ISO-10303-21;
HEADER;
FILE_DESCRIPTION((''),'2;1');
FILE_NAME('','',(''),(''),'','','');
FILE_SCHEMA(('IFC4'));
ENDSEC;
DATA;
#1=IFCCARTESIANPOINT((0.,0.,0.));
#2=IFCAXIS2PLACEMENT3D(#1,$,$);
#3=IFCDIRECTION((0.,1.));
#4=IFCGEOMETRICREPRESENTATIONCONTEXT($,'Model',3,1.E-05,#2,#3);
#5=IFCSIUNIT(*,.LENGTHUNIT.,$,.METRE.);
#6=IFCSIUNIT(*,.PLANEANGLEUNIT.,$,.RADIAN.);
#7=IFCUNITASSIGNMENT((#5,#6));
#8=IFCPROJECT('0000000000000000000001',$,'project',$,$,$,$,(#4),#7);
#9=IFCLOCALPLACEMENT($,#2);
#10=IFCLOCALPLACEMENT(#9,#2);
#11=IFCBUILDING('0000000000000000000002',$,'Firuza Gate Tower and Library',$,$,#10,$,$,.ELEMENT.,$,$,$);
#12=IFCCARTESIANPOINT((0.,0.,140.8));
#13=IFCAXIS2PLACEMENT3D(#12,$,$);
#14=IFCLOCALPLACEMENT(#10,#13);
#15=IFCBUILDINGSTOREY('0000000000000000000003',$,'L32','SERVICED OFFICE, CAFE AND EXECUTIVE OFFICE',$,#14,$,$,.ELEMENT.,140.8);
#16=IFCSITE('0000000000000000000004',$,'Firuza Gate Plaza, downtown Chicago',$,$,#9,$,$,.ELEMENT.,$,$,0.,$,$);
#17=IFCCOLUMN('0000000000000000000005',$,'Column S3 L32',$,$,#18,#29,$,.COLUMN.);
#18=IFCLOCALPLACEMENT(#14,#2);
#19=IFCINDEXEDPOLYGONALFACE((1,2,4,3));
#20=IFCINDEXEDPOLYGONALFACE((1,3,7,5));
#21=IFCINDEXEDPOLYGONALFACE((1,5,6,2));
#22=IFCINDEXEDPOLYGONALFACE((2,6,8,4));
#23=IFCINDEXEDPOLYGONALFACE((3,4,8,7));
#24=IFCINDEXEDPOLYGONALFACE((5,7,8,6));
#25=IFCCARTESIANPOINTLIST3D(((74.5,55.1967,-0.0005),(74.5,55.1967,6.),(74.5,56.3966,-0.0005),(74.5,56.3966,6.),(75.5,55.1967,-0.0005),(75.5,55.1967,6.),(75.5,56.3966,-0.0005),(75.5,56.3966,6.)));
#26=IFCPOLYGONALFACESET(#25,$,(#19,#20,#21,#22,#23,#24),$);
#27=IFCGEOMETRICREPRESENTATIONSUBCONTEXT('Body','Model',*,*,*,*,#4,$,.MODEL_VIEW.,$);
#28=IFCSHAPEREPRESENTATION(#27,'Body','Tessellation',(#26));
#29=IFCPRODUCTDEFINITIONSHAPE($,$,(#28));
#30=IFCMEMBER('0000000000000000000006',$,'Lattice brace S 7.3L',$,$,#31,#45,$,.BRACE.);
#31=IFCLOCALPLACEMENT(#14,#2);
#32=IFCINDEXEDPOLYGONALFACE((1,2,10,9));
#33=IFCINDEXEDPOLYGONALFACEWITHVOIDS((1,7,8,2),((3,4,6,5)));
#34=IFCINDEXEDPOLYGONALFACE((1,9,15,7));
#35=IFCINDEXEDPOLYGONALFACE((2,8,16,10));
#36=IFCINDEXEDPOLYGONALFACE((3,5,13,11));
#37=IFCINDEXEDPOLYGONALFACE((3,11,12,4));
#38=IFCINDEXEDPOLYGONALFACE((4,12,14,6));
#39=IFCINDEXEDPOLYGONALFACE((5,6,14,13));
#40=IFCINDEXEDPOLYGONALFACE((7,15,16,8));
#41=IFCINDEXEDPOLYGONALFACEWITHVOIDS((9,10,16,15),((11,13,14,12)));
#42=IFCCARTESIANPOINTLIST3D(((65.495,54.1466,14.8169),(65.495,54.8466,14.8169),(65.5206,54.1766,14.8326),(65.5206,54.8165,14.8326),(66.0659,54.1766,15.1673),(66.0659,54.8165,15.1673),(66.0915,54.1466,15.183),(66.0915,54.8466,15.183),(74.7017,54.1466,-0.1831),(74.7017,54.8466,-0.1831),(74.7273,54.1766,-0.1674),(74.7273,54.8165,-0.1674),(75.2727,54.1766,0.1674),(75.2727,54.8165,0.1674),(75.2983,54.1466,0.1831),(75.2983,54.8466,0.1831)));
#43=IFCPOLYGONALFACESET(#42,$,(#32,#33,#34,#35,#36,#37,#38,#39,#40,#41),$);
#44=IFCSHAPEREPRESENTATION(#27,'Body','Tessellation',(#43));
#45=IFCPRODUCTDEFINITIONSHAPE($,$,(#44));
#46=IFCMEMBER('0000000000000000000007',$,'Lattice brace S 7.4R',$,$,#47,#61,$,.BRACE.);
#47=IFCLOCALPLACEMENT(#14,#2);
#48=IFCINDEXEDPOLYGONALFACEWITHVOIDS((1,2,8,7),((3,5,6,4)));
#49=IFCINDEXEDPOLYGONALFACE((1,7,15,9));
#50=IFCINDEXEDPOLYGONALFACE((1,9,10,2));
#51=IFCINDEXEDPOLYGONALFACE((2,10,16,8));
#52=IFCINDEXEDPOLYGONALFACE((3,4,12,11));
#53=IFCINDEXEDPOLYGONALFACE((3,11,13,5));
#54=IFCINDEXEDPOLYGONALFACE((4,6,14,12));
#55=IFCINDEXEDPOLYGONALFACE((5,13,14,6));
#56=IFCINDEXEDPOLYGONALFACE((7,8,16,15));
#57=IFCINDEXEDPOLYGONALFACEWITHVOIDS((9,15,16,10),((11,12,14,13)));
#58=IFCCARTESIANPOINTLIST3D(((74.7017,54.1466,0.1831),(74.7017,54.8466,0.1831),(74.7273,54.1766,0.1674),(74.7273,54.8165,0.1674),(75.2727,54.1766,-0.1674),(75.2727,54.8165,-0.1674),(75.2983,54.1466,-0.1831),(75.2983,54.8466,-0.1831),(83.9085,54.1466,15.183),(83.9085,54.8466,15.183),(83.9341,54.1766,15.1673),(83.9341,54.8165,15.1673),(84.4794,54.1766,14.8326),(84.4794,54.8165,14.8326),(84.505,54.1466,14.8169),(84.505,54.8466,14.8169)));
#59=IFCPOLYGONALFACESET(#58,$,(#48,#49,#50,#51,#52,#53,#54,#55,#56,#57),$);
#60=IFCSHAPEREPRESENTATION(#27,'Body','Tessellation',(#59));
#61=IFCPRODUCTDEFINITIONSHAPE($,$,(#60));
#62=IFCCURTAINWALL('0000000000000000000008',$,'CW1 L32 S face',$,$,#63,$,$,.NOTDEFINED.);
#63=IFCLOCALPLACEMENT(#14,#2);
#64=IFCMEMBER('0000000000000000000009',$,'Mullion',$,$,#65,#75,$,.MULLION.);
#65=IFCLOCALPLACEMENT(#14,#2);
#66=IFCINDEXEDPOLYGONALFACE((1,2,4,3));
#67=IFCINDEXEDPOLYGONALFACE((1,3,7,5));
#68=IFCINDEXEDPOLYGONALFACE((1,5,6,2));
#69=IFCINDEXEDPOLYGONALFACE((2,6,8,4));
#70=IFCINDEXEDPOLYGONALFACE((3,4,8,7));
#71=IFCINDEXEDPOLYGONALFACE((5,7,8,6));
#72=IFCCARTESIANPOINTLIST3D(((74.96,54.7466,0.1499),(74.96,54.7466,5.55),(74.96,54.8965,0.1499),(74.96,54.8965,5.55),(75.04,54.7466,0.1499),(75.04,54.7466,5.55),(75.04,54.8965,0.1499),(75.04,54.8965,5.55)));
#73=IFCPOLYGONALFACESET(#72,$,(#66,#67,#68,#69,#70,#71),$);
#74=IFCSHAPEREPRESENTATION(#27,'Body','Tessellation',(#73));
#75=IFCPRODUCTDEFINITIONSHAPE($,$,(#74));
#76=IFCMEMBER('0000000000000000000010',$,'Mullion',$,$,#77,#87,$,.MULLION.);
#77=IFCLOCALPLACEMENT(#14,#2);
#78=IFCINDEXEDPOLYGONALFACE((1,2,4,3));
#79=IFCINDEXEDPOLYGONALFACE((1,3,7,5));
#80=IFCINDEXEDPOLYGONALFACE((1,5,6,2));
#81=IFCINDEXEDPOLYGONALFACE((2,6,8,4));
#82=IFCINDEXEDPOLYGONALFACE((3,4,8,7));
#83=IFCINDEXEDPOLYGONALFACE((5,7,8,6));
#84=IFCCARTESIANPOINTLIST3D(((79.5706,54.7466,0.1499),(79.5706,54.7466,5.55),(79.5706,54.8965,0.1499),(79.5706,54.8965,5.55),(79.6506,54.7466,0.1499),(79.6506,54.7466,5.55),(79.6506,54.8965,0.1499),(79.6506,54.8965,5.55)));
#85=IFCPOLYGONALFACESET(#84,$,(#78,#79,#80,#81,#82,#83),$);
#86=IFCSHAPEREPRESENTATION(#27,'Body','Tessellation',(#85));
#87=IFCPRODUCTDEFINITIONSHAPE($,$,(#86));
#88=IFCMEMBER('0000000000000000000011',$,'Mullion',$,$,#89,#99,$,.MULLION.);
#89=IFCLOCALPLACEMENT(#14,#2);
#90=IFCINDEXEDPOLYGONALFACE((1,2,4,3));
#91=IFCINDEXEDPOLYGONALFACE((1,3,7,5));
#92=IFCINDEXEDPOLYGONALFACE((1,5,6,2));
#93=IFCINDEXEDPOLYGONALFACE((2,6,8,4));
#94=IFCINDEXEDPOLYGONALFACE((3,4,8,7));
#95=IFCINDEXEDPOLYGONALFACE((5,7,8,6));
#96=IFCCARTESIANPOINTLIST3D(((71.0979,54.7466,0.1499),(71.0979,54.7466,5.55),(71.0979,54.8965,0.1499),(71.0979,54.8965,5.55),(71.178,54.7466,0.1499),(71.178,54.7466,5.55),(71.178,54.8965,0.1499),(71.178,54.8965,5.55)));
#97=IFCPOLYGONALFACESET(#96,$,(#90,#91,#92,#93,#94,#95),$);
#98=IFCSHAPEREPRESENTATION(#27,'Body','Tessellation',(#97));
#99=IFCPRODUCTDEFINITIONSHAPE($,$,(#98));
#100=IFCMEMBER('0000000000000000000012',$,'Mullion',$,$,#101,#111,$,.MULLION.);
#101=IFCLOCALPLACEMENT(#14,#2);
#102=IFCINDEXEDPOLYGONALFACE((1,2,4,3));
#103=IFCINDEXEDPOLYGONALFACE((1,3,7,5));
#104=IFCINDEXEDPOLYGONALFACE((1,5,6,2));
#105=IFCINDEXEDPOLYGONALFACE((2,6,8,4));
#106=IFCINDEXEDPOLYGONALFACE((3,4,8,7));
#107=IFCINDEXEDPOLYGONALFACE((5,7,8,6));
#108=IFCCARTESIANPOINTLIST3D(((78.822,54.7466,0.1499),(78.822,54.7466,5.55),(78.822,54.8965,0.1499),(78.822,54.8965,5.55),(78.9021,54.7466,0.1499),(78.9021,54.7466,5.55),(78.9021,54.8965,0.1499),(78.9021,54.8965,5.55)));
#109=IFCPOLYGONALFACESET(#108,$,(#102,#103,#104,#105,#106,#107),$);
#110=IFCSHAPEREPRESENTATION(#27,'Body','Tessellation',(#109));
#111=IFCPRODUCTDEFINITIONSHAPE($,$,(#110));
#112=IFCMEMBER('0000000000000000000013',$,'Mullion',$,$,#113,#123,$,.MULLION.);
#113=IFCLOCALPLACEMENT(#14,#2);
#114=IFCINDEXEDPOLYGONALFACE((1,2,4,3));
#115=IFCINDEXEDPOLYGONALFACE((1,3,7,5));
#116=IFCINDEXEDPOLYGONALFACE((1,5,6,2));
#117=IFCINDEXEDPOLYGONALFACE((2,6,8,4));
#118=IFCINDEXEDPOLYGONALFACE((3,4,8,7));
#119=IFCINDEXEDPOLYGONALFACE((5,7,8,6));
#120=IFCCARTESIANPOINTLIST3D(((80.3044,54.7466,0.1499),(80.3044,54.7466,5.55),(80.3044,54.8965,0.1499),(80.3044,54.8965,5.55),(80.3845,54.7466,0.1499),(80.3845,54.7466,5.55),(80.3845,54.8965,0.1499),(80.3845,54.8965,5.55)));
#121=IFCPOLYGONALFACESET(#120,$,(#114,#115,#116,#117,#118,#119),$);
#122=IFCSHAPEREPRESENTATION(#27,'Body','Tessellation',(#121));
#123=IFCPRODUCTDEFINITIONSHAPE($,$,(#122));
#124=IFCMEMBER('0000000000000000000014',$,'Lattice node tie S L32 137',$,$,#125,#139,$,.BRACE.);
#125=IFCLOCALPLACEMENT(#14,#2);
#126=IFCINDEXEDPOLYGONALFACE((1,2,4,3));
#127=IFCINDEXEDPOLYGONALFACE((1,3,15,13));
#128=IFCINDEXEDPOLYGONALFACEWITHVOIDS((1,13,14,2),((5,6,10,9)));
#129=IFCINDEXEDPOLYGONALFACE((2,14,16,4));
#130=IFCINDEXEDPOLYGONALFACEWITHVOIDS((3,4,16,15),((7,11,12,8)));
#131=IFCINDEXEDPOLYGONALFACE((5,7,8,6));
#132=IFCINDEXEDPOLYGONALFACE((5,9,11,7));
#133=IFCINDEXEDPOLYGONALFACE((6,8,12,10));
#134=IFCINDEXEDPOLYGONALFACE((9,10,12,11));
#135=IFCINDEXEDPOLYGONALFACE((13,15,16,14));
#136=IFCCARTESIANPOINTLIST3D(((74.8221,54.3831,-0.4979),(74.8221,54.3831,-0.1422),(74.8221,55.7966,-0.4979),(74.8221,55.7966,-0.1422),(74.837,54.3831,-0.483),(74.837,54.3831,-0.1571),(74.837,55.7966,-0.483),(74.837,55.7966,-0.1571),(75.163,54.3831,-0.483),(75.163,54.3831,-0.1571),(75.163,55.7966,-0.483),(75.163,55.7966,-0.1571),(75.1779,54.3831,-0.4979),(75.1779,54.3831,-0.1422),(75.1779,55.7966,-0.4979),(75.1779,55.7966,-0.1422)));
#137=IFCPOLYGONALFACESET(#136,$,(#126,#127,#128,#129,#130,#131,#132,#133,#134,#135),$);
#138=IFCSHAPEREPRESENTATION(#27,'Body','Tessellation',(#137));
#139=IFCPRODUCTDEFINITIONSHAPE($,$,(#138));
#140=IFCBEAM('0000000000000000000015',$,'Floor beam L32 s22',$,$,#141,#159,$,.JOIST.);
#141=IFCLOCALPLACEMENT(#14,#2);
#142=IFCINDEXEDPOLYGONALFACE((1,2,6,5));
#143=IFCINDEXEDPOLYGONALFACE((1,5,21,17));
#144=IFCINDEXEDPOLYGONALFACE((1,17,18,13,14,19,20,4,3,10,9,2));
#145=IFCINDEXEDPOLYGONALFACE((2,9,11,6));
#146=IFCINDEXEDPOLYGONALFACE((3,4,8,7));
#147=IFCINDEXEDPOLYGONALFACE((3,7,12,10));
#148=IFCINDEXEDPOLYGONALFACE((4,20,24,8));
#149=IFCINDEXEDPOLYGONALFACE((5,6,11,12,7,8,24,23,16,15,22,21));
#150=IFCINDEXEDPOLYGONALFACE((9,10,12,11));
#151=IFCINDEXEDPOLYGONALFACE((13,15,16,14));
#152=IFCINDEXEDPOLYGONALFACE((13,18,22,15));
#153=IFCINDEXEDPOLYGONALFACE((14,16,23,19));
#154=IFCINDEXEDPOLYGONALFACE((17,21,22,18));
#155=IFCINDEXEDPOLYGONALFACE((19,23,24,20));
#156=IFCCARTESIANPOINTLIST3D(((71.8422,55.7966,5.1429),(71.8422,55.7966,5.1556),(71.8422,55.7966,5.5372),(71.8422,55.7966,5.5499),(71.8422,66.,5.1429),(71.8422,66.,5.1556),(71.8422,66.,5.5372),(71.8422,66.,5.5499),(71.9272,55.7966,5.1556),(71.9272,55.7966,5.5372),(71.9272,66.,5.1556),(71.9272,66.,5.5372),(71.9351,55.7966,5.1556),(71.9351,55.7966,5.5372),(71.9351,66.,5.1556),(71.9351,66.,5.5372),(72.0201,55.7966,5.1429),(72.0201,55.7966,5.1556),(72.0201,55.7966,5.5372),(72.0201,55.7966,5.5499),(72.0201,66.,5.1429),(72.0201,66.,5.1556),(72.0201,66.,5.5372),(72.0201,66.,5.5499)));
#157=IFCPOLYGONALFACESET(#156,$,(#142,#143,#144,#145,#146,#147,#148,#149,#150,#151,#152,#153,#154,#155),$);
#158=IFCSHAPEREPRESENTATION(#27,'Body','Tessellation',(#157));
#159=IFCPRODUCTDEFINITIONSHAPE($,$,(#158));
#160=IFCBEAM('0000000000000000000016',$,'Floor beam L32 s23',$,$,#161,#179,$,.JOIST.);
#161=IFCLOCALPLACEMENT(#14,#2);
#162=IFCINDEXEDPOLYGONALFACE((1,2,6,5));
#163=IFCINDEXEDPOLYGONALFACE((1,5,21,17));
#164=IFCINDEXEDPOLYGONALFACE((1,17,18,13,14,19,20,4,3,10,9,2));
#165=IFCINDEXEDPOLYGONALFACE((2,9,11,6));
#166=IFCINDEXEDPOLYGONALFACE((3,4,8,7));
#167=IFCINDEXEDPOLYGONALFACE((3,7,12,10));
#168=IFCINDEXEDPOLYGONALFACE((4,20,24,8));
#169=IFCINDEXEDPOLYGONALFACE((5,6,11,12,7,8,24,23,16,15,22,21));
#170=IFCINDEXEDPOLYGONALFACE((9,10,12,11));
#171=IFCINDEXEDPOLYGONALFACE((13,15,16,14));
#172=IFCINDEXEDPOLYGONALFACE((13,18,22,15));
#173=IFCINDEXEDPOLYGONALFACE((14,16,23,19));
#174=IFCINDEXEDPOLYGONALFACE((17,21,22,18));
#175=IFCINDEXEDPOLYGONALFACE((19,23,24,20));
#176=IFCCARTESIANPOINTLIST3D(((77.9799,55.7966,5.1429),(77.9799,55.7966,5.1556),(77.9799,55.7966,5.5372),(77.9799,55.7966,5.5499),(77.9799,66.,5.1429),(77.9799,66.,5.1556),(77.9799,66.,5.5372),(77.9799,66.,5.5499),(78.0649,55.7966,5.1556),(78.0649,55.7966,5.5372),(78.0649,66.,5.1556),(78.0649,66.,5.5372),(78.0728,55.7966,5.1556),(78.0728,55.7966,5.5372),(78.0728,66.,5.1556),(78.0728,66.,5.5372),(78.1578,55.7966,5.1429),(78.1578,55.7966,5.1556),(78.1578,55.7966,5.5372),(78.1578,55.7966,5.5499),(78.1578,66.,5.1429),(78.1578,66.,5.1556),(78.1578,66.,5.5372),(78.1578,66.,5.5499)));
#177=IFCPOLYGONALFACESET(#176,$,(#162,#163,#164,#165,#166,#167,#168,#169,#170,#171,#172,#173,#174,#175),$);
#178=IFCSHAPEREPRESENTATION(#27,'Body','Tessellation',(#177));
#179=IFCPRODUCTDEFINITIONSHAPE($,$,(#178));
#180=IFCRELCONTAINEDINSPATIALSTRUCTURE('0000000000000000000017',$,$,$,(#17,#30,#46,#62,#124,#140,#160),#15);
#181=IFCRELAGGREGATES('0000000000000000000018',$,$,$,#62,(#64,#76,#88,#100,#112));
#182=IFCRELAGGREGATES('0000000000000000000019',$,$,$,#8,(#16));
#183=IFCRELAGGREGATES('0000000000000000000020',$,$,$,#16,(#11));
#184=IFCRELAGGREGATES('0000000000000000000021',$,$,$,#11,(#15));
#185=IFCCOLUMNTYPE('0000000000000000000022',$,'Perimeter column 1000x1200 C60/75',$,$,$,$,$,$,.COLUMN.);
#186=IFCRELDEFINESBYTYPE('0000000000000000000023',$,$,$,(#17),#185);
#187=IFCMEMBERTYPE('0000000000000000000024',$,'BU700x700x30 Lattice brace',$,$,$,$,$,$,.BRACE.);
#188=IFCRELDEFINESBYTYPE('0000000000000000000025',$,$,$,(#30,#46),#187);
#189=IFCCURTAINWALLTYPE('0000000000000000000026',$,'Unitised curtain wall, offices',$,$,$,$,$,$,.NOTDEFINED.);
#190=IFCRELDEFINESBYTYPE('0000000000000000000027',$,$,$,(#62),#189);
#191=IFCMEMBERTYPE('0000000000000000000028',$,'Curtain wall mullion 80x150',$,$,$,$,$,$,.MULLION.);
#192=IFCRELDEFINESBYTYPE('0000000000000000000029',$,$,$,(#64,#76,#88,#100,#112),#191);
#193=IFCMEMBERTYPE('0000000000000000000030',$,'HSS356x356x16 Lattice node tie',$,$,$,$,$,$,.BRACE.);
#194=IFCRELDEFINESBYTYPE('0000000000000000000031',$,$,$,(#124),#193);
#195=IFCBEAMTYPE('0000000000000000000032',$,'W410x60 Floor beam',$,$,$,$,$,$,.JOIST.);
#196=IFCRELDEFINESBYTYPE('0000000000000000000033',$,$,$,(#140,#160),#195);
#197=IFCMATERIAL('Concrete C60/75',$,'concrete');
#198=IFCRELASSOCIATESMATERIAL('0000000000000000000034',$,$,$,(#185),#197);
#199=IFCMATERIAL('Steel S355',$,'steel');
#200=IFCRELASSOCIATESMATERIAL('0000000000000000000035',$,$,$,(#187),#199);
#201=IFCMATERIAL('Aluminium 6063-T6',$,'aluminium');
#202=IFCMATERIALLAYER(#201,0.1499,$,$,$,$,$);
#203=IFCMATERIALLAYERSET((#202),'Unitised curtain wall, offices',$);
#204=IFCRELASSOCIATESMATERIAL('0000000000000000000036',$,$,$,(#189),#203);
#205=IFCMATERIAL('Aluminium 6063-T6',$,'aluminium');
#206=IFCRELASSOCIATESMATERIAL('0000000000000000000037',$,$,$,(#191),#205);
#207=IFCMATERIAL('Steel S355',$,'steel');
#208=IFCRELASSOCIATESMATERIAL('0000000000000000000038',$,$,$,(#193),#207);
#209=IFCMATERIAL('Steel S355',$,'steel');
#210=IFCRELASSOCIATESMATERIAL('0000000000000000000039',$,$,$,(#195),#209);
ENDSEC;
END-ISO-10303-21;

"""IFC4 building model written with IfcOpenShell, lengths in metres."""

from ifc_helpers import new_model, si_unit, direction, frame, origin, origin_2d, place, context, subcontext, project, spatial, rectangle, hollow_rectangle, i_section, extrude, material, layer, layer_set, material_profile, profile_set, type_object, element, aggregate, save


model = new_model("IFC4")

# Units and contexts
model_context = context("Model", 3, precision=1e-05, world=origin(), true_north=direction((0.0, 1.0)))
body_context = subcontext(model_context, "Body", "Model", "MODEL_VIEW")
ifc_project = project(units=[si_unit("LENGTHUNIT", "METRE"), si_unit("PLANEANGLEUNIT", "RADIAN")], contexts=[model_context])

# Site, building, storey
site_placement = place(None, origin())
site = spatial("IfcSite", under=ifc_project, at=site_placement, Name="Firuza Gate Plaza, downtown Chicago", CompositionType="ELEMENT", RefElevation=0.0)
building_placement = place(site_placement, origin())
building = spatial("IfcBuilding", under=site, at=building_placement, Name="Firuza Gate Tower and Library", CompositionType="ELEMENT")
storey_placement = place(building_placement, frame((0.0, 0.0, 140.8)))
storey = spatial("IfcBuildingStorey", under=building, at=storey_placement, Name="L32", Description="SERVICED OFFICE, CAFE AND EXECUTIVE OFFICE", CompositionType="ELEMENT", Elevation=140.8)

# Column
ifc_material_1 = material(Name="Concrete C60/75", Category="concrete")
ifc_material_profile_1 = material_profile(ifc_material_1, rectangle(XDim=1.0, YDim=1.2, at=origin_2d()))
ifc_profile_set_1 = profile_set([ifc_material_profile_1], Name="Concrete C60/75")
column_type = type_object("IfcColumnType", Name="Perimeter column 1000x1200 C60/75", PredefinedType="COLUMN", material=ifc_profile_set_1)
column_placement = place(storey_placement, frame((75.0, 55.7966, -0.0005), z_axis=(0.0, 0.0, 1.0), x_axis=(1.0, 0.0, 0.0)))
element("IfcColumn", 1, at=column_placement, inside=storey, type_object=column_type, Name="Column S3 L32", PredefinedType="COLUMN", context=body_context, shape_type="SweptSolid", body=[
    extrude(rectangle(XDim=1.0, YDim=1.2, at=origin_2d()), origin(), (0.0, 0.0, 1.0), 6.0005),
])

# Members
ifc_material_2 = material(Name="Steel S355", Category="steel")
ifc_material_profile_2 = material_profile(ifc_material_2, hollow_rectangle(XDim=0.7, YDim=0.7, WallThickness=0.03, at=origin_2d()))
ifc_profile_set_2 = profile_set([ifc_material_profile_2], Name="Steel S355")
member_type_1 = type_object("IfcMemberType", Name="BU700x700x30 Lattice brace", PredefinedType="BRACE", material=ifc_profile_set_2)
for number, where, z_axis, x_axis, name in (
    (2, (75.0, 54.4966, 0.0), (-0.523109, 0.0, 0.852266), (0.0, -1.0, 0.0), "Lattice brace S 7.3L"),
    (3, (75.0, 54.4966, 0.0), (0.523109, 0.0, 0.852266), (0.0, 1.0, 0.0), "Lattice brace S 7.4R"),
):
    element("IfcMember", number, at=place(storey_placement, frame(where, z_axis=z_axis, x_axis=x_axis)), inside=storey, type_object=member_type_1, Name=name, PredefinedType="BRACE", context=body_context, shape_type="SweptSolid", body=[
        extrude(hollow_rectangle(XDim=0.7, YDim=0.7, WallThickness=0.03, at=origin_2d()), origin(), (0.0, 0.0, 1.0), 17.6001),
    ])

# Curtain wall, members
ifc_material_3 = material(Name="Aluminium 6063-T6", Category="aluminium")
ifc_layer_1 = layer(ifc_material_3, 0.1499)
ifc_layer_set_1 = layer_set([ifc_layer_1], Name="Unitised curtain wall, offices")
curtain_wall_type = type_object("IfcCurtainWallType", Name="Unitised curtain wall, offices", PredefinedType="NOTDEFINED", material=ifc_layer_set_1)
curtain_wall_placement = place(storey_placement, origin())
curtain_wall = element("IfcCurtainWall", 4, at=curtain_wall_placement, inside=storey, type_object=curtain_wall_type, Name="CW1 L32 S face", PredefinedType="NOTDEFINED")
ifc_material_4 = material(Name="Aluminium 6063-T6", Category="aluminium")
ifc_material_profile_3 = material_profile(ifc_material_4, rectangle(XDim=0.1499, YDim=0.0801, at=origin_2d()))
ifc_profile_set_3 = profile_set([ifc_material_profile_3], Name="Aluminium 6063-T6")
member_type_2 = type_object("IfcMemberType", Name="Curtain wall mullion 80x150", PredefinedType="MULLION", material=ifc_profile_set_3)
member_1_placement = place(storey_placement, frame((75.0, 54.8215, 0.1499), z_axis=(0.0, 0.0, 1.0), x_axis=(0.0, 1.0, 0.0)))
member_1 = element("IfcMember", 5, at=member_1_placement, type_object=member_type_2, Name="Mullion", PredefinedType="MULLION", context=body_context, shape_type="SweptSolid", body=[
    extrude(rectangle(XDim=0.1499, YDim=0.0801, at=origin_2d()), origin(), (0.0, 0.0, 1.0), 5.4001),
])
member_2_placement = place(storey_placement, frame((79.6106, 54.8215, 0.1499), z_axis=(0.0, 0.0, 1.0), x_axis=(0.0, 1.0, 0.0)))
member_2 = element("IfcMember", 6, at=member_2_placement, type_object=member_type_2, Name="Mullion", PredefinedType="MULLION", context=body_context, shape_type="SweptSolid", body=[
    extrude(rectangle(XDim=0.1499, YDim=0.0801, at=origin_2d()), origin(), (0.0, 0.0, 1.0), 5.4001),
])
member_3_placement = place(storey_placement, frame((71.1379, 54.8215, 0.1499), z_axis=(0.0, 0.0, 1.0), x_axis=(0.0, 1.0, 0.0)))
member_3 = element("IfcMember", 7, at=member_3_placement, type_object=member_type_2, Name="Mullion", PredefinedType="MULLION", context=body_context, shape_type="SweptSolid", body=[
    extrude(rectangle(XDim=0.1499, YDim=0.0801, at=origin_2d()), origin(), (0.0, 0.0, 1.0), 5.4001),
])
member_4_placement = place(storey_placement, frame((78.8621, 54.8215, 0.1499), z_axis=(0.0, 0.0, 1.0), x_axis=(0.0, 1.0, 0.0)))
member_4 = element("IfcMember", 8, at=member_4_placement, type_object=member_type_2, Name="Mullion", PredefinedType="MULLION", context=body_context, shape_type="SweptSolid", body=[
    extrude(rectangle(XDim=0.1499, YDim=0.0801, at=origin_2d()), origin(), (0.0, 0.0, 1.0), 5.4001),
])
member_5_placement = place(storey_placement, frame((80.3445, 54.8215, 0.1499), z_axis=(0.0, 0.0, 1.0), x_axis=(0.0, 1.0, 0.0)))
member_5 = element("IfcMember", 9, at=member_5_placement, type_object=member_type_2, Name="Mullion", PredefinedType="MULLION", context=body_context, shape_type="SweptSolid", body=[
    extrude(rectangle(XDim=0.1499, YDim=0.0801, at=origin_2d()), origin(), (0.0, 0.0, 1.0), 5.4001),
])

# Member
ifc_material_5 = material(Name="Steel S355", Category="steel")
ifc_material_profile_4 = material_profile(ifc_material_5, hollow_rectangle(XDim=0.3557, YDim=0.3557, WallThickness=0.0149, at=origin_2d()))
ifc_profile_set_4 = profile_set([ifc_material_profile_4], Name="Steel S355")
member_type_3 = type_object("IfcMemberType", Name="HSS356x356x16 Lattice node tie", PredefinedType="BRACE", material=ifc_profile_set_4)
member_6_placement = place(storey_placement, frame((75.0, 55.7966, -0.3201), z_axis=(0.0, -1.0, 0.0), x_axis=(1.0, 0.0, 0.0)))
element("IfcMember", 10, at=member_6_placement, inside=storey, type_object=member_type_3, Name="Lattice node tie S L32 137", PredefinedType="BRACE", context=body_context, shape_type="SweptSolid", body=[
    extrude(hollow_rectangle(XDim=0.3557, YDim=0.3557, WallThickness=0.0149, at=origin_2d()), origin(), (0.0, 0.0, 1.0), 1.4136),
])

# Beams
ifc_material_6 = material(Name="Steel S355", Category="steel")
ifc_material_profile_5 = material_profile(ifc_material_6, i_section(OverallWidth=0.178, OverallDepth=0.407, WebThickness=0.0078, FlangeThickness=0.0127, at=origin_2d()))
ifc_profile_set_5 = profile_set([ifc_material_profile_5], Name="Steel S355")
beam_type_1 = type_object("IfcBeamType", Name="W410x60 Floor beam", PredefinedType="JOIST", material=ifc_profile_set_5)
for number, where, z_axis, x_axis, name in (
    (11, (71.9312, 55.7966, 5.3464), (0.0, 1.0, 0.0), (-1.0, 0.0, 0.0), "Floor beam L32 s22"),
    (12, (78.0688, 55.7966, 5.3464), (0.0, 1.0, 0.0), (-1.0, 0.0, 0.0), "Floor beam L32 s23"),
):
    element("IfcBeam", number, at=place(storey_placement, frame(where, z_axis=z_axis, x_axis=x_axis)), inside=storey, type_object=beam_type_1, Name=name, PredefinedType="JOIST", context=body_context, shape_type="SweptSolid", body=[
        extrude(i_section(OverallWidth=0.178, OverallDepth=0.407, WebThickness=0.0078, FlangeThickness=0.0127, at=origin_2d()), origin(), (0.0, 0.0, 1.0), 10.2034),
    ])

aggregate(curtain_wall, [member_1, member_2, member_3, member_4, member_5])

save(model, "model.ifc")
